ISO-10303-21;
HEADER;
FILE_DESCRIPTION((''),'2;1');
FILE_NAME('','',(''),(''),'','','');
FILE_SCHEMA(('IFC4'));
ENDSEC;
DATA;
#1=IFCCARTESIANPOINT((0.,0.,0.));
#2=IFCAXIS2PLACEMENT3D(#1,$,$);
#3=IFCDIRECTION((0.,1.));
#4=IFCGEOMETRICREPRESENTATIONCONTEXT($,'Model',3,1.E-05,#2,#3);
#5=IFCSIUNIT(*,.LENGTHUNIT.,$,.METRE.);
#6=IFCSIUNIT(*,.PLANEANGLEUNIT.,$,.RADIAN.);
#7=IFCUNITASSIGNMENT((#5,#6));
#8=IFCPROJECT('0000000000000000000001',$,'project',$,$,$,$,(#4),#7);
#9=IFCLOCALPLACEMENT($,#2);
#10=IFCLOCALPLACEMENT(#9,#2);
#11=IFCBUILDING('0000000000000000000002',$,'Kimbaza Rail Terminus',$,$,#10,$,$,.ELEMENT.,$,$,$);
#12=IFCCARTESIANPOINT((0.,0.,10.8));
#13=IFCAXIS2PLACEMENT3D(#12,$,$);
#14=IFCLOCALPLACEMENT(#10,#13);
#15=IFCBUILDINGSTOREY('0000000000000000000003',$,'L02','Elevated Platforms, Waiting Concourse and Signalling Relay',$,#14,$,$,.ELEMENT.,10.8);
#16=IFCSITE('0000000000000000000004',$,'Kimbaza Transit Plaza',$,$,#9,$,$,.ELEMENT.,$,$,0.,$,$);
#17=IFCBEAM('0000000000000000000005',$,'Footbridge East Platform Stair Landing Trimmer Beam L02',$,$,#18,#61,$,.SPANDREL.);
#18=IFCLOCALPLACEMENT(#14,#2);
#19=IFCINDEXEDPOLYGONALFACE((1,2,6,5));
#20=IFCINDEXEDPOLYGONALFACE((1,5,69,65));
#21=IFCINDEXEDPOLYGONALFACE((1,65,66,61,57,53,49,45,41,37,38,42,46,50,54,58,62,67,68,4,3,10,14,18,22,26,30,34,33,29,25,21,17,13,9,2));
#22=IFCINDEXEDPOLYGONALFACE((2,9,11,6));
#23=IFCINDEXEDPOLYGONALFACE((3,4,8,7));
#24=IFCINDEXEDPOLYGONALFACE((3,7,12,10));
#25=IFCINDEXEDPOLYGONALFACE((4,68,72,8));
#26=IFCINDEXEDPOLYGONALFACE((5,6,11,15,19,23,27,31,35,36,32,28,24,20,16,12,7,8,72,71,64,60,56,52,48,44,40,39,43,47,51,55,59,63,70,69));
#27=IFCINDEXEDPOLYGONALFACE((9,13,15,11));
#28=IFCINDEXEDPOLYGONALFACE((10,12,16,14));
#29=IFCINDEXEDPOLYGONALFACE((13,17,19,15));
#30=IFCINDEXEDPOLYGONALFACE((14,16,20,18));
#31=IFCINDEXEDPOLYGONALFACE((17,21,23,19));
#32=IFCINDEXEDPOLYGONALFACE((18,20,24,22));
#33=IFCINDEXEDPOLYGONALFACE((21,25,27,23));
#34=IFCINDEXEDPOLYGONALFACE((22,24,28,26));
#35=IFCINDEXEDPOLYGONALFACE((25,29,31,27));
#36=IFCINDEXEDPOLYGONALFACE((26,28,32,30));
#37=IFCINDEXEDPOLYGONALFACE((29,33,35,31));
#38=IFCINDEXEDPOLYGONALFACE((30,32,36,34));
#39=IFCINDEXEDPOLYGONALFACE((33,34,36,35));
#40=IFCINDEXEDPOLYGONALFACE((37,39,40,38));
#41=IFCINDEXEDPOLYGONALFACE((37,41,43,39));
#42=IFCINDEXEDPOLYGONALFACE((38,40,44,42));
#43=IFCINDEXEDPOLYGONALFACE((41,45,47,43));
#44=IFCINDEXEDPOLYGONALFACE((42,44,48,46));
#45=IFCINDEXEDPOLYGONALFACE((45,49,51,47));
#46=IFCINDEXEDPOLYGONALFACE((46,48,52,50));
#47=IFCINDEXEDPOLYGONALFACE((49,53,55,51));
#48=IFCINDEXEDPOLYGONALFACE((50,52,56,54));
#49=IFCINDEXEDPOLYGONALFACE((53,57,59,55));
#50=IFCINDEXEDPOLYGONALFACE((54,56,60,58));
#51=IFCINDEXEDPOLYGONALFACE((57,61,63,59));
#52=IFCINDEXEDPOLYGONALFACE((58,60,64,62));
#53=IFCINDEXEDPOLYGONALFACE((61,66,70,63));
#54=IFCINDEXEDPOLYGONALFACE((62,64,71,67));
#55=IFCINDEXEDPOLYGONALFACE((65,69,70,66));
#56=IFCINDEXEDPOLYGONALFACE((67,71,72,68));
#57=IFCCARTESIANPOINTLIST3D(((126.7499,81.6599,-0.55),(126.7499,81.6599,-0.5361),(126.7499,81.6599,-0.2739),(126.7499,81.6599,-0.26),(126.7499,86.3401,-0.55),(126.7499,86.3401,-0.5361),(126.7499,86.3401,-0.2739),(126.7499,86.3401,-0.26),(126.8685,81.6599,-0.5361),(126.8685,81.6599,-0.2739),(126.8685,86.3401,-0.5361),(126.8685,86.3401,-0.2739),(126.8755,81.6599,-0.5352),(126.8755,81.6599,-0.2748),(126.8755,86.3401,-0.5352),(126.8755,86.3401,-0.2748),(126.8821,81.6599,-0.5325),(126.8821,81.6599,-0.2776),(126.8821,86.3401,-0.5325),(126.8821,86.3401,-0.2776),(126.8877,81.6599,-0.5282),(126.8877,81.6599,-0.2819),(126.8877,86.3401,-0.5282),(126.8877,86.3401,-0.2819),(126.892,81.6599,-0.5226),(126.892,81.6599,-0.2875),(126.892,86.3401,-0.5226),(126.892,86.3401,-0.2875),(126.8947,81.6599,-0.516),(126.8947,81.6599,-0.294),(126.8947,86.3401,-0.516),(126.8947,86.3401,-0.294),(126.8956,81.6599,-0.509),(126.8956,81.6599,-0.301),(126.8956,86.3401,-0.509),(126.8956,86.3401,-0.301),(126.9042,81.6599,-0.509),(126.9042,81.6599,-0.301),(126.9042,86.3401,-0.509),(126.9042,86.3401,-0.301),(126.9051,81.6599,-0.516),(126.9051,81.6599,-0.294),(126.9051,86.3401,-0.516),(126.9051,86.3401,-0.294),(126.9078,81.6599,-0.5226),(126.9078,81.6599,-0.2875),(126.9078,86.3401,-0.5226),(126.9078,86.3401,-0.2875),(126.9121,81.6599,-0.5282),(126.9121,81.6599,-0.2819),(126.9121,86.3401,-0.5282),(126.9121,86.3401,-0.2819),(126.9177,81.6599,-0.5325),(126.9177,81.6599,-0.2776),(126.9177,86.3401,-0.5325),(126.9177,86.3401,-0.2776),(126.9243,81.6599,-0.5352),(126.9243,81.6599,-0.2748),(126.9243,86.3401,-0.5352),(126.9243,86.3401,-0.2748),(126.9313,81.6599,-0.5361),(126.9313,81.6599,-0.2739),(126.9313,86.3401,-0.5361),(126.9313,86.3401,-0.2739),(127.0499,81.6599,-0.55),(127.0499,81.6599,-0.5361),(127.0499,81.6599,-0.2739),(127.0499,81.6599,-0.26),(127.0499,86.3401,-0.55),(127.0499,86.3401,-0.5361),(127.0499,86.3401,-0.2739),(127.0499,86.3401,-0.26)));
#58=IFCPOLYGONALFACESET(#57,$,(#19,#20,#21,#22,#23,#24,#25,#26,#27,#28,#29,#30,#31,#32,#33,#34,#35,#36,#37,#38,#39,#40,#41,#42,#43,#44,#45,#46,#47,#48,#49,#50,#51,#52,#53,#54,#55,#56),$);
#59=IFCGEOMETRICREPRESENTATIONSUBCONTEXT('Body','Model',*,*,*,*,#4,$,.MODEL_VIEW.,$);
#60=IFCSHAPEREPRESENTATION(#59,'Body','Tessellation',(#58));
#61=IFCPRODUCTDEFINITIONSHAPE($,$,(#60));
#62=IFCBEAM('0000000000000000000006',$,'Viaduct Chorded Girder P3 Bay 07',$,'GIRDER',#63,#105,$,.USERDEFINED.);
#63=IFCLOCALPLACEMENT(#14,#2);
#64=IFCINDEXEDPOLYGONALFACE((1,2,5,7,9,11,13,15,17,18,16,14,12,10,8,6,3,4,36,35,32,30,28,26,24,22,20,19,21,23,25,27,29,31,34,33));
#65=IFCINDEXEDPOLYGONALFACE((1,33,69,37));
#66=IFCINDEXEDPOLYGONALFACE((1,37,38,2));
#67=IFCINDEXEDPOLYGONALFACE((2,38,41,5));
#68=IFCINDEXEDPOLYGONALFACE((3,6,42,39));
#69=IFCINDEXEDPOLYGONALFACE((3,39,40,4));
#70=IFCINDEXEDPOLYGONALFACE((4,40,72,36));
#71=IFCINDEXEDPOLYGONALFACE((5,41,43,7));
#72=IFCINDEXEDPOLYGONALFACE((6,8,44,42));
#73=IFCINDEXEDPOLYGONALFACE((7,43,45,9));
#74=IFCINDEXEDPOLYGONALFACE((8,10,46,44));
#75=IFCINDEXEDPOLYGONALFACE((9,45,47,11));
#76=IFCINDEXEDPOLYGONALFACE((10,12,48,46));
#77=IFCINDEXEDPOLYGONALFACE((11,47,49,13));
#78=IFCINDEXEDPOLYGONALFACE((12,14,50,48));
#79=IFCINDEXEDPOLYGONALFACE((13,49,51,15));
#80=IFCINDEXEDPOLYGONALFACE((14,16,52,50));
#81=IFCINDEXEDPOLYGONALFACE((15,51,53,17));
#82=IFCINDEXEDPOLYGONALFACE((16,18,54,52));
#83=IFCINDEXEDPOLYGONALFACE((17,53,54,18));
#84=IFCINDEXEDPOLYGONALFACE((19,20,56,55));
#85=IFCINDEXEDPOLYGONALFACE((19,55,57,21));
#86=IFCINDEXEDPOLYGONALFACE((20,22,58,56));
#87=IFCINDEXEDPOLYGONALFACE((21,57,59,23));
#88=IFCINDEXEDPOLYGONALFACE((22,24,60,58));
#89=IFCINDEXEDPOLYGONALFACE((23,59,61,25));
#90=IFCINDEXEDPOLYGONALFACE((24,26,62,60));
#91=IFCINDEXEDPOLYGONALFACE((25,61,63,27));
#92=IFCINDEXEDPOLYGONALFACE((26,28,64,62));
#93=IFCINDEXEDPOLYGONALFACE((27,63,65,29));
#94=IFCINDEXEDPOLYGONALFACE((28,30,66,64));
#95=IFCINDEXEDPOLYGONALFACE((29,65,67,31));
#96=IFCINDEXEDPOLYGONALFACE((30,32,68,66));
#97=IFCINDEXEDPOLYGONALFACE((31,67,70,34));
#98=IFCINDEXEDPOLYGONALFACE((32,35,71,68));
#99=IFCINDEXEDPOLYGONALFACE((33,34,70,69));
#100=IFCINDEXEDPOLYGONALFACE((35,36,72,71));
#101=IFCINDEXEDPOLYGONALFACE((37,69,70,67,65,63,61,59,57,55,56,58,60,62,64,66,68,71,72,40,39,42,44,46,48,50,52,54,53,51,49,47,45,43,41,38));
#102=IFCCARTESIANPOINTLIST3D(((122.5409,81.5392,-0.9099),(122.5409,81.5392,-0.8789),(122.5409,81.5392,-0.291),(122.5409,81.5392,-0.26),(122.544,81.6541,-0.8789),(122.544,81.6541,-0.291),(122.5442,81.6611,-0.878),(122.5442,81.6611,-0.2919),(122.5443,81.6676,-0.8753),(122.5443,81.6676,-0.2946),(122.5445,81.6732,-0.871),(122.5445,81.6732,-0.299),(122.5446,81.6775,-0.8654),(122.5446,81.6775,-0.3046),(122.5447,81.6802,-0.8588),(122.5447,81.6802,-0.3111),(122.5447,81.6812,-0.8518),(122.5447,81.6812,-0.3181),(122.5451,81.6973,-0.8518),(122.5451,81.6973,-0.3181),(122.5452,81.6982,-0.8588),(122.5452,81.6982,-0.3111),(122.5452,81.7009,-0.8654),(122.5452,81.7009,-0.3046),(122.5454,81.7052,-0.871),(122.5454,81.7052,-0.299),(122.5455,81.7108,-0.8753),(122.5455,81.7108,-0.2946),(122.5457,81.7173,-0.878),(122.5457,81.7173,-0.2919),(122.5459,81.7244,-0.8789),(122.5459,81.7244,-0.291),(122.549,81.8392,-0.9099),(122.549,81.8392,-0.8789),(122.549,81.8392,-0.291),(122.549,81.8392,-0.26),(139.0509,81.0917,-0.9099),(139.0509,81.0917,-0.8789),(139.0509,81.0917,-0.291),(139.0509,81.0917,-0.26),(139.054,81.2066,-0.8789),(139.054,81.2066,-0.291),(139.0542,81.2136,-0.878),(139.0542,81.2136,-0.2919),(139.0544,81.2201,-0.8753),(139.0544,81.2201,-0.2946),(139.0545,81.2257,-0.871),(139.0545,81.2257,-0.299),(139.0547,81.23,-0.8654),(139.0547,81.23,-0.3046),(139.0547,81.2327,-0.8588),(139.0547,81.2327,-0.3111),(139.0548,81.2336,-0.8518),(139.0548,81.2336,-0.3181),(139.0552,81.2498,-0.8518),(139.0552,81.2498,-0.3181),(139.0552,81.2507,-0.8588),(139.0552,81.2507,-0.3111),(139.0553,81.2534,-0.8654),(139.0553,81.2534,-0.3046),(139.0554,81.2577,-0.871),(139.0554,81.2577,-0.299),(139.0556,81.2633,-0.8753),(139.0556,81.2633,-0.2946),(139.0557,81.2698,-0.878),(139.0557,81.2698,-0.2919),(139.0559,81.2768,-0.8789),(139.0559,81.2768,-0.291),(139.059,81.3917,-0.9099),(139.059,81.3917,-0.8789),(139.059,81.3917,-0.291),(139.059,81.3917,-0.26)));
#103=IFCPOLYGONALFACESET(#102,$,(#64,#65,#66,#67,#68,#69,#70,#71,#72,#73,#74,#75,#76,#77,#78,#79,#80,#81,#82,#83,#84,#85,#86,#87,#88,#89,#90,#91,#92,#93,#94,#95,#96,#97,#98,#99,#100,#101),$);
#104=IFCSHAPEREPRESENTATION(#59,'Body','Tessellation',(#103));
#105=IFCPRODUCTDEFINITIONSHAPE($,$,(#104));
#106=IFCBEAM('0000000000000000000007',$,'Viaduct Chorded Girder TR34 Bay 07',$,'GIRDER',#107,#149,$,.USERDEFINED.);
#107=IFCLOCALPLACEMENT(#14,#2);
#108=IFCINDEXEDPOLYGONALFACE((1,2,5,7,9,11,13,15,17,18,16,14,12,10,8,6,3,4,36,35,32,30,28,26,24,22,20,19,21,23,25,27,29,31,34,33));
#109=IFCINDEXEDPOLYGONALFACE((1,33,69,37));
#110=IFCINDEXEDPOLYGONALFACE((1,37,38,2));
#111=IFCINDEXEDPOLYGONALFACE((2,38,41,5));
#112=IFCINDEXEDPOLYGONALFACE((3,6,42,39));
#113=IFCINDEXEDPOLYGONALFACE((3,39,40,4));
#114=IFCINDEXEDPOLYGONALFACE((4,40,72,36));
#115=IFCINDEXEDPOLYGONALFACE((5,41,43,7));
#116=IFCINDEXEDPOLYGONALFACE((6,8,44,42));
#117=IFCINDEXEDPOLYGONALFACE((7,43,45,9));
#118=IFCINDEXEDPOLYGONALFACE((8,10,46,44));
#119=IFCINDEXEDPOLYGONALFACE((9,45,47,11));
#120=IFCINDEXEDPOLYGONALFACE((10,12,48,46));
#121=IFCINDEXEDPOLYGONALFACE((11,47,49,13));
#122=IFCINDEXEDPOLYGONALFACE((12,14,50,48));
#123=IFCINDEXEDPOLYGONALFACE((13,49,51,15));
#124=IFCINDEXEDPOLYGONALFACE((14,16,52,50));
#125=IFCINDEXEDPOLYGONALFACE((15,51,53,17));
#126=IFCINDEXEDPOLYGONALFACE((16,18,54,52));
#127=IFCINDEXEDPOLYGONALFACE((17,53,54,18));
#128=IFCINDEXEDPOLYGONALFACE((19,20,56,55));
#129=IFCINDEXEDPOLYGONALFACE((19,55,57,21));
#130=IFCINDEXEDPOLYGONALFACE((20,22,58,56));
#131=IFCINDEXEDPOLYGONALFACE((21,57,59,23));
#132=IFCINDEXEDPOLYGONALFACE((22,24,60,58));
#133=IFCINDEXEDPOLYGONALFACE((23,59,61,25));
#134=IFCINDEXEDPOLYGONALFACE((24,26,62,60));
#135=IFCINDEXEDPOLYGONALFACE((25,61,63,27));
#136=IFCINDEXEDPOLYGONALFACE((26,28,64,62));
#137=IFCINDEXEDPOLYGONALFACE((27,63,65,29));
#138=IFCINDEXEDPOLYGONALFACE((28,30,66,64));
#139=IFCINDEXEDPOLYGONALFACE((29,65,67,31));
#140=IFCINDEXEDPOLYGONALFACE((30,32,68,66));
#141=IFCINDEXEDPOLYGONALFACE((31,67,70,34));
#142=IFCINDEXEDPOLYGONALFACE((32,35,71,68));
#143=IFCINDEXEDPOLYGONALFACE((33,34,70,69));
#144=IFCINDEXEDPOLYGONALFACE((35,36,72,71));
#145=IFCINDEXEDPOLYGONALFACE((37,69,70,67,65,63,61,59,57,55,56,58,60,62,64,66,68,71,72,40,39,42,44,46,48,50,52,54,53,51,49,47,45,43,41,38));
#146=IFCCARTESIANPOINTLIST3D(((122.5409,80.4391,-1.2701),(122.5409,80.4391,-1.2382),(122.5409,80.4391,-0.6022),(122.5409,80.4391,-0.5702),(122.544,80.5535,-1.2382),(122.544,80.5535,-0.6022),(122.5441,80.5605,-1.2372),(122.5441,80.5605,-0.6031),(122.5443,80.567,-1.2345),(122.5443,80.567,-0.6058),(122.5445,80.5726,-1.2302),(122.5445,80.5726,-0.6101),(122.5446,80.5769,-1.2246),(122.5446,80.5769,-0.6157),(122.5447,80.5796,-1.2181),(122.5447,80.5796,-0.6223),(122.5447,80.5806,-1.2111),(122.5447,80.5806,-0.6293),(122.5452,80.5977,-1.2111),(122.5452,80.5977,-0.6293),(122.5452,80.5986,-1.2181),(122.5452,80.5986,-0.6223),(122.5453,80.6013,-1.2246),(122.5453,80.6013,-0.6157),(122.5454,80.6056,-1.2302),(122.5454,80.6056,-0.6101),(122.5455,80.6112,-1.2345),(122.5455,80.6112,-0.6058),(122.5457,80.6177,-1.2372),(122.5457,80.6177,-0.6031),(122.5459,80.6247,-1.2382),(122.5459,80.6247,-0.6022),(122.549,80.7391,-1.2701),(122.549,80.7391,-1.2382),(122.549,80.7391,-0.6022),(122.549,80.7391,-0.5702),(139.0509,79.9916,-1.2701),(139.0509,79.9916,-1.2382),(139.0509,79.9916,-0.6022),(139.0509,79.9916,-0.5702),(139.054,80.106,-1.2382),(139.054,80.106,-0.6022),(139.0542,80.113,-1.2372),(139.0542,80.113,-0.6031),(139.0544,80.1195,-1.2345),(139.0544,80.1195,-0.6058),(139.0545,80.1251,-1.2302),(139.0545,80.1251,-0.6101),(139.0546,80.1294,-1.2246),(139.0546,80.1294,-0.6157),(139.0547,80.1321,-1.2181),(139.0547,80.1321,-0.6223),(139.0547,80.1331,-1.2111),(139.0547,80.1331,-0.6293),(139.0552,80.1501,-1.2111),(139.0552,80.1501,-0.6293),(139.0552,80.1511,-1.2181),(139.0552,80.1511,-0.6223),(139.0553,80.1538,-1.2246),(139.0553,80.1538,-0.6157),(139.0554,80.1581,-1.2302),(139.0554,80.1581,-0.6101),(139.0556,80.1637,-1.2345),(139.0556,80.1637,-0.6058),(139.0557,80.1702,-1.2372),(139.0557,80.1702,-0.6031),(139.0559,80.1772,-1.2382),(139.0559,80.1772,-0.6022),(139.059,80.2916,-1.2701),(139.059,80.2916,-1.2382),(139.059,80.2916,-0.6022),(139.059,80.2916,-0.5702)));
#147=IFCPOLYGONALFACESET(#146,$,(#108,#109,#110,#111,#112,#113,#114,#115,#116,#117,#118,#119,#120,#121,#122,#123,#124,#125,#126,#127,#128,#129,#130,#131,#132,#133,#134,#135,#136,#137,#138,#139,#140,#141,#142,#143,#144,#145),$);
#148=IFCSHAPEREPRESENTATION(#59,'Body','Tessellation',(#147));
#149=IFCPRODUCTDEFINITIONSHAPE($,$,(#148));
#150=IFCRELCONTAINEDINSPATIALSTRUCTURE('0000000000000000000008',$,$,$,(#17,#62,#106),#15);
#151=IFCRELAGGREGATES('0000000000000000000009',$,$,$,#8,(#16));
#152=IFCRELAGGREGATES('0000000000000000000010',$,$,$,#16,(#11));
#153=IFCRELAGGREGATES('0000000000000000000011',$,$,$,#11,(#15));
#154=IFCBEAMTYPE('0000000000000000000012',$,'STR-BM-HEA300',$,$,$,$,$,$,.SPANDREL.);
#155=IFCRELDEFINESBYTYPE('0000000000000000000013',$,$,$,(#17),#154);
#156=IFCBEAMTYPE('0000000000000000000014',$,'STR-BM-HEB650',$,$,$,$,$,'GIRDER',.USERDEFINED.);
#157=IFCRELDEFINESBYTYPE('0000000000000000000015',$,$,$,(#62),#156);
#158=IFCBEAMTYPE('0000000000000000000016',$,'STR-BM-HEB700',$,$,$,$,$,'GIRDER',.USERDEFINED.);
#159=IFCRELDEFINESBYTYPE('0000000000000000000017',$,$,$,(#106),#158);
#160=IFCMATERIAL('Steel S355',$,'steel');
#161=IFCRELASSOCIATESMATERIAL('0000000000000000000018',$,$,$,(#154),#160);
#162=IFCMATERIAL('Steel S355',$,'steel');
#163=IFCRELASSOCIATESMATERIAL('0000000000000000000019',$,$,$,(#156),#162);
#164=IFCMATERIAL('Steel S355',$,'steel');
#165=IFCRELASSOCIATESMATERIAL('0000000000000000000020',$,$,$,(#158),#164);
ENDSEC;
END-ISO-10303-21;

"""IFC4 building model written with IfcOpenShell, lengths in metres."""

from ifc_helpers import new_model, si_unit, direction, frame, origin, origin_2d, place, context, subcontext, project, spatial, i_section, extrude, material, material_profile, profile_set, type_object, element, save


model = new_model("IFC4")

# Units and contexts
model_context = context("Model", 3, precision=1e-05, world=origin(), true_north=direction((0.0, 1.0)))
body_context = subcontext(model_context, "Body", "Model", "MODEL_VIEW")
ifc_project = project(units=[si_unit("LENGTHUNIT", "METRE"), si_unit("PLANEANGLEUNIT", "RADIAN")], contexts=[model_context])

# Site, building, storey
site_placement = place(None, origin())
site = spatial("IfcSite", under=ifc_project, at=site_placement, Name="Kimbaza Transit Plaza", CompositionType="ELEMENT", RefElevation=0.0)
building_placement = place(site_placement, origin())
building = spatial("IfcBuilding", under=site, at=building_placement, Name="Kimbaza Rail Terminus", CompositionType="ELEMENT")
storey_placement = place(building_placement, frame((0.0, 0.0, 10.8)))
storey = spatial("IfcBuildingStorey", under=building, at=storey_placement, Name="L02", Description="Elevated Platforms, Waiting Concourse and Signalling Relay", CompositionType="ELEMENT", Elevation=10.8)

# Beams
ifc_material_1 = material(Name="Steel S355", Category="steel")
ifc_material_profile_1 = material_profile(ifc_material_1, i_section(OverallWidth=0.3, OverallDepth=0.29, WebThickness=0.0085, FlangeThickness=0.0139, FilletRadius=0.0271, at=origin_2d()), Name="HEA 300")
ifc_profile_set_1 = profile_set([ifc_material_profile_1], Name="Steel S355")
beam_type_1 = type_object("IfcBeamType", Name="STR-BM-HEA300", PredefinedType="SPANDREL", material=ifc_profile_set_1)
beam_1_placement = place(storey_placement, frame((126.8999, 81.6599, -0.405), z_axis=(0.0, 1.0, 0.0), x_axis=(-1.0, 0.0, 0.0)))
element("IfcBeam", 1, at=beam_1_placement, inside=storey, type_object=beam_type_1, Name="Footbridge East Platform Stair Landing Trimmer Beam L02", PredefinedType="SPANDREL", context=body_context, shape_type="SweptSolid", body=[
    extrude(i_section(OverallWidth=0.3, OverallDepth=0.29, WebThickness=0.0085, FlangeThickness=0.0139, FilletRadius=0.0271, at=origin_2d()), origin(), (0.0, 0.0, 1.0), 4.6802),
])
ifc_material_2 = material(Name="Steel S355", Category="steel")
ifc_material_profile_2 = material_profile(ifc_material_2, i_section(OverallWidth=0.3, OverallDepth=0.6499, WebThickness=0.0161, FlangeThickness=0.031, FilletRadius=0.0271, at=origin_2d()), Name="HEB 650")
ifc_profile_set_2 = profile_set([ifc_material_profile_2], Name="Steel S355")
beam_type_2 = type_object("IfcBeamType", Name="STR-BM-HEB650", ElementType="GIRDER", PredefinedType="USERDEFINED", material=ifc_profile_set_2)
beam_2_placement = place(storey_placement, frame((122.5449, 81.6892, -0.585), z_axis=(0.999633, -0.027095, 0.0), x_axis=(0.027095, 0.999633, 0.0)))
element("IfcBeam", 2, at=beam_2_placement, inside=storey, type_object=beam_type_2, Name="Viaduct Chorded Girder P3 Bay 07", ObjectType="GIRDER", PredefinedType="USERDEFINED", context=body_context, shape_type="SweptSolid", body=[
    extrude(i_section(OverallWidth=0.3, OverallDepth=0.6499, WebThickness=0.0161, FlangeThickness=0.031, FilletRadius=0.0271, at=origin_2d()), origin(), (0.0, 0.0, 1.0), 16.5161),
])
ifc_material_3 = material(Name="Steel S355", Category="steel")
ifc_material_profile_3 = material_profile(ifc_material_3, i_section(OverallWidth=0.3, OverallDepth=0.7, WebThickness=0.0171, FlangeThickness=0.032, FilletRadius=0.0271, at=origin_2d()), Name="HEB 700")
ifc_profile_set_3 = profile_set([ifc_material_profile_3], Name="Steel S355")
beam_type_3 = type_object("IfcBeamType", Name="STR-BM-HEB700", ElementType="GIRDER", PredefinedType="USERDEFINED", material=ifc_profile_set_3)
beam_3_placement = place(storey_placement, frame((122.5449, 80.5891, -0.9202), z_axis=(0.999633, -0.027095, 0.0), x_axis=(0.027095, 0.999633, 0.0)))
element("IfcBeam", 3, at=beam_3_placement, inside=storey, type_object=beam_type_3, Name="Viaduct Chorded Girder TR34 Bay 07", ObjectType="GIRDER", PredefinedType="USERDEFINED", context=body_context, shape_type="SweptSolid", body=[
    extrude(i_section(OverallWidth=0.3, OverallDepth=0.7, WebThickness=0.0171, FlangeThickness=0.032, FilletRadius=0.0271, at=origin_2d()), origin(), (0.0, 0.0, 1.0), 16.5161),
])

save(model, "model.ifc")
